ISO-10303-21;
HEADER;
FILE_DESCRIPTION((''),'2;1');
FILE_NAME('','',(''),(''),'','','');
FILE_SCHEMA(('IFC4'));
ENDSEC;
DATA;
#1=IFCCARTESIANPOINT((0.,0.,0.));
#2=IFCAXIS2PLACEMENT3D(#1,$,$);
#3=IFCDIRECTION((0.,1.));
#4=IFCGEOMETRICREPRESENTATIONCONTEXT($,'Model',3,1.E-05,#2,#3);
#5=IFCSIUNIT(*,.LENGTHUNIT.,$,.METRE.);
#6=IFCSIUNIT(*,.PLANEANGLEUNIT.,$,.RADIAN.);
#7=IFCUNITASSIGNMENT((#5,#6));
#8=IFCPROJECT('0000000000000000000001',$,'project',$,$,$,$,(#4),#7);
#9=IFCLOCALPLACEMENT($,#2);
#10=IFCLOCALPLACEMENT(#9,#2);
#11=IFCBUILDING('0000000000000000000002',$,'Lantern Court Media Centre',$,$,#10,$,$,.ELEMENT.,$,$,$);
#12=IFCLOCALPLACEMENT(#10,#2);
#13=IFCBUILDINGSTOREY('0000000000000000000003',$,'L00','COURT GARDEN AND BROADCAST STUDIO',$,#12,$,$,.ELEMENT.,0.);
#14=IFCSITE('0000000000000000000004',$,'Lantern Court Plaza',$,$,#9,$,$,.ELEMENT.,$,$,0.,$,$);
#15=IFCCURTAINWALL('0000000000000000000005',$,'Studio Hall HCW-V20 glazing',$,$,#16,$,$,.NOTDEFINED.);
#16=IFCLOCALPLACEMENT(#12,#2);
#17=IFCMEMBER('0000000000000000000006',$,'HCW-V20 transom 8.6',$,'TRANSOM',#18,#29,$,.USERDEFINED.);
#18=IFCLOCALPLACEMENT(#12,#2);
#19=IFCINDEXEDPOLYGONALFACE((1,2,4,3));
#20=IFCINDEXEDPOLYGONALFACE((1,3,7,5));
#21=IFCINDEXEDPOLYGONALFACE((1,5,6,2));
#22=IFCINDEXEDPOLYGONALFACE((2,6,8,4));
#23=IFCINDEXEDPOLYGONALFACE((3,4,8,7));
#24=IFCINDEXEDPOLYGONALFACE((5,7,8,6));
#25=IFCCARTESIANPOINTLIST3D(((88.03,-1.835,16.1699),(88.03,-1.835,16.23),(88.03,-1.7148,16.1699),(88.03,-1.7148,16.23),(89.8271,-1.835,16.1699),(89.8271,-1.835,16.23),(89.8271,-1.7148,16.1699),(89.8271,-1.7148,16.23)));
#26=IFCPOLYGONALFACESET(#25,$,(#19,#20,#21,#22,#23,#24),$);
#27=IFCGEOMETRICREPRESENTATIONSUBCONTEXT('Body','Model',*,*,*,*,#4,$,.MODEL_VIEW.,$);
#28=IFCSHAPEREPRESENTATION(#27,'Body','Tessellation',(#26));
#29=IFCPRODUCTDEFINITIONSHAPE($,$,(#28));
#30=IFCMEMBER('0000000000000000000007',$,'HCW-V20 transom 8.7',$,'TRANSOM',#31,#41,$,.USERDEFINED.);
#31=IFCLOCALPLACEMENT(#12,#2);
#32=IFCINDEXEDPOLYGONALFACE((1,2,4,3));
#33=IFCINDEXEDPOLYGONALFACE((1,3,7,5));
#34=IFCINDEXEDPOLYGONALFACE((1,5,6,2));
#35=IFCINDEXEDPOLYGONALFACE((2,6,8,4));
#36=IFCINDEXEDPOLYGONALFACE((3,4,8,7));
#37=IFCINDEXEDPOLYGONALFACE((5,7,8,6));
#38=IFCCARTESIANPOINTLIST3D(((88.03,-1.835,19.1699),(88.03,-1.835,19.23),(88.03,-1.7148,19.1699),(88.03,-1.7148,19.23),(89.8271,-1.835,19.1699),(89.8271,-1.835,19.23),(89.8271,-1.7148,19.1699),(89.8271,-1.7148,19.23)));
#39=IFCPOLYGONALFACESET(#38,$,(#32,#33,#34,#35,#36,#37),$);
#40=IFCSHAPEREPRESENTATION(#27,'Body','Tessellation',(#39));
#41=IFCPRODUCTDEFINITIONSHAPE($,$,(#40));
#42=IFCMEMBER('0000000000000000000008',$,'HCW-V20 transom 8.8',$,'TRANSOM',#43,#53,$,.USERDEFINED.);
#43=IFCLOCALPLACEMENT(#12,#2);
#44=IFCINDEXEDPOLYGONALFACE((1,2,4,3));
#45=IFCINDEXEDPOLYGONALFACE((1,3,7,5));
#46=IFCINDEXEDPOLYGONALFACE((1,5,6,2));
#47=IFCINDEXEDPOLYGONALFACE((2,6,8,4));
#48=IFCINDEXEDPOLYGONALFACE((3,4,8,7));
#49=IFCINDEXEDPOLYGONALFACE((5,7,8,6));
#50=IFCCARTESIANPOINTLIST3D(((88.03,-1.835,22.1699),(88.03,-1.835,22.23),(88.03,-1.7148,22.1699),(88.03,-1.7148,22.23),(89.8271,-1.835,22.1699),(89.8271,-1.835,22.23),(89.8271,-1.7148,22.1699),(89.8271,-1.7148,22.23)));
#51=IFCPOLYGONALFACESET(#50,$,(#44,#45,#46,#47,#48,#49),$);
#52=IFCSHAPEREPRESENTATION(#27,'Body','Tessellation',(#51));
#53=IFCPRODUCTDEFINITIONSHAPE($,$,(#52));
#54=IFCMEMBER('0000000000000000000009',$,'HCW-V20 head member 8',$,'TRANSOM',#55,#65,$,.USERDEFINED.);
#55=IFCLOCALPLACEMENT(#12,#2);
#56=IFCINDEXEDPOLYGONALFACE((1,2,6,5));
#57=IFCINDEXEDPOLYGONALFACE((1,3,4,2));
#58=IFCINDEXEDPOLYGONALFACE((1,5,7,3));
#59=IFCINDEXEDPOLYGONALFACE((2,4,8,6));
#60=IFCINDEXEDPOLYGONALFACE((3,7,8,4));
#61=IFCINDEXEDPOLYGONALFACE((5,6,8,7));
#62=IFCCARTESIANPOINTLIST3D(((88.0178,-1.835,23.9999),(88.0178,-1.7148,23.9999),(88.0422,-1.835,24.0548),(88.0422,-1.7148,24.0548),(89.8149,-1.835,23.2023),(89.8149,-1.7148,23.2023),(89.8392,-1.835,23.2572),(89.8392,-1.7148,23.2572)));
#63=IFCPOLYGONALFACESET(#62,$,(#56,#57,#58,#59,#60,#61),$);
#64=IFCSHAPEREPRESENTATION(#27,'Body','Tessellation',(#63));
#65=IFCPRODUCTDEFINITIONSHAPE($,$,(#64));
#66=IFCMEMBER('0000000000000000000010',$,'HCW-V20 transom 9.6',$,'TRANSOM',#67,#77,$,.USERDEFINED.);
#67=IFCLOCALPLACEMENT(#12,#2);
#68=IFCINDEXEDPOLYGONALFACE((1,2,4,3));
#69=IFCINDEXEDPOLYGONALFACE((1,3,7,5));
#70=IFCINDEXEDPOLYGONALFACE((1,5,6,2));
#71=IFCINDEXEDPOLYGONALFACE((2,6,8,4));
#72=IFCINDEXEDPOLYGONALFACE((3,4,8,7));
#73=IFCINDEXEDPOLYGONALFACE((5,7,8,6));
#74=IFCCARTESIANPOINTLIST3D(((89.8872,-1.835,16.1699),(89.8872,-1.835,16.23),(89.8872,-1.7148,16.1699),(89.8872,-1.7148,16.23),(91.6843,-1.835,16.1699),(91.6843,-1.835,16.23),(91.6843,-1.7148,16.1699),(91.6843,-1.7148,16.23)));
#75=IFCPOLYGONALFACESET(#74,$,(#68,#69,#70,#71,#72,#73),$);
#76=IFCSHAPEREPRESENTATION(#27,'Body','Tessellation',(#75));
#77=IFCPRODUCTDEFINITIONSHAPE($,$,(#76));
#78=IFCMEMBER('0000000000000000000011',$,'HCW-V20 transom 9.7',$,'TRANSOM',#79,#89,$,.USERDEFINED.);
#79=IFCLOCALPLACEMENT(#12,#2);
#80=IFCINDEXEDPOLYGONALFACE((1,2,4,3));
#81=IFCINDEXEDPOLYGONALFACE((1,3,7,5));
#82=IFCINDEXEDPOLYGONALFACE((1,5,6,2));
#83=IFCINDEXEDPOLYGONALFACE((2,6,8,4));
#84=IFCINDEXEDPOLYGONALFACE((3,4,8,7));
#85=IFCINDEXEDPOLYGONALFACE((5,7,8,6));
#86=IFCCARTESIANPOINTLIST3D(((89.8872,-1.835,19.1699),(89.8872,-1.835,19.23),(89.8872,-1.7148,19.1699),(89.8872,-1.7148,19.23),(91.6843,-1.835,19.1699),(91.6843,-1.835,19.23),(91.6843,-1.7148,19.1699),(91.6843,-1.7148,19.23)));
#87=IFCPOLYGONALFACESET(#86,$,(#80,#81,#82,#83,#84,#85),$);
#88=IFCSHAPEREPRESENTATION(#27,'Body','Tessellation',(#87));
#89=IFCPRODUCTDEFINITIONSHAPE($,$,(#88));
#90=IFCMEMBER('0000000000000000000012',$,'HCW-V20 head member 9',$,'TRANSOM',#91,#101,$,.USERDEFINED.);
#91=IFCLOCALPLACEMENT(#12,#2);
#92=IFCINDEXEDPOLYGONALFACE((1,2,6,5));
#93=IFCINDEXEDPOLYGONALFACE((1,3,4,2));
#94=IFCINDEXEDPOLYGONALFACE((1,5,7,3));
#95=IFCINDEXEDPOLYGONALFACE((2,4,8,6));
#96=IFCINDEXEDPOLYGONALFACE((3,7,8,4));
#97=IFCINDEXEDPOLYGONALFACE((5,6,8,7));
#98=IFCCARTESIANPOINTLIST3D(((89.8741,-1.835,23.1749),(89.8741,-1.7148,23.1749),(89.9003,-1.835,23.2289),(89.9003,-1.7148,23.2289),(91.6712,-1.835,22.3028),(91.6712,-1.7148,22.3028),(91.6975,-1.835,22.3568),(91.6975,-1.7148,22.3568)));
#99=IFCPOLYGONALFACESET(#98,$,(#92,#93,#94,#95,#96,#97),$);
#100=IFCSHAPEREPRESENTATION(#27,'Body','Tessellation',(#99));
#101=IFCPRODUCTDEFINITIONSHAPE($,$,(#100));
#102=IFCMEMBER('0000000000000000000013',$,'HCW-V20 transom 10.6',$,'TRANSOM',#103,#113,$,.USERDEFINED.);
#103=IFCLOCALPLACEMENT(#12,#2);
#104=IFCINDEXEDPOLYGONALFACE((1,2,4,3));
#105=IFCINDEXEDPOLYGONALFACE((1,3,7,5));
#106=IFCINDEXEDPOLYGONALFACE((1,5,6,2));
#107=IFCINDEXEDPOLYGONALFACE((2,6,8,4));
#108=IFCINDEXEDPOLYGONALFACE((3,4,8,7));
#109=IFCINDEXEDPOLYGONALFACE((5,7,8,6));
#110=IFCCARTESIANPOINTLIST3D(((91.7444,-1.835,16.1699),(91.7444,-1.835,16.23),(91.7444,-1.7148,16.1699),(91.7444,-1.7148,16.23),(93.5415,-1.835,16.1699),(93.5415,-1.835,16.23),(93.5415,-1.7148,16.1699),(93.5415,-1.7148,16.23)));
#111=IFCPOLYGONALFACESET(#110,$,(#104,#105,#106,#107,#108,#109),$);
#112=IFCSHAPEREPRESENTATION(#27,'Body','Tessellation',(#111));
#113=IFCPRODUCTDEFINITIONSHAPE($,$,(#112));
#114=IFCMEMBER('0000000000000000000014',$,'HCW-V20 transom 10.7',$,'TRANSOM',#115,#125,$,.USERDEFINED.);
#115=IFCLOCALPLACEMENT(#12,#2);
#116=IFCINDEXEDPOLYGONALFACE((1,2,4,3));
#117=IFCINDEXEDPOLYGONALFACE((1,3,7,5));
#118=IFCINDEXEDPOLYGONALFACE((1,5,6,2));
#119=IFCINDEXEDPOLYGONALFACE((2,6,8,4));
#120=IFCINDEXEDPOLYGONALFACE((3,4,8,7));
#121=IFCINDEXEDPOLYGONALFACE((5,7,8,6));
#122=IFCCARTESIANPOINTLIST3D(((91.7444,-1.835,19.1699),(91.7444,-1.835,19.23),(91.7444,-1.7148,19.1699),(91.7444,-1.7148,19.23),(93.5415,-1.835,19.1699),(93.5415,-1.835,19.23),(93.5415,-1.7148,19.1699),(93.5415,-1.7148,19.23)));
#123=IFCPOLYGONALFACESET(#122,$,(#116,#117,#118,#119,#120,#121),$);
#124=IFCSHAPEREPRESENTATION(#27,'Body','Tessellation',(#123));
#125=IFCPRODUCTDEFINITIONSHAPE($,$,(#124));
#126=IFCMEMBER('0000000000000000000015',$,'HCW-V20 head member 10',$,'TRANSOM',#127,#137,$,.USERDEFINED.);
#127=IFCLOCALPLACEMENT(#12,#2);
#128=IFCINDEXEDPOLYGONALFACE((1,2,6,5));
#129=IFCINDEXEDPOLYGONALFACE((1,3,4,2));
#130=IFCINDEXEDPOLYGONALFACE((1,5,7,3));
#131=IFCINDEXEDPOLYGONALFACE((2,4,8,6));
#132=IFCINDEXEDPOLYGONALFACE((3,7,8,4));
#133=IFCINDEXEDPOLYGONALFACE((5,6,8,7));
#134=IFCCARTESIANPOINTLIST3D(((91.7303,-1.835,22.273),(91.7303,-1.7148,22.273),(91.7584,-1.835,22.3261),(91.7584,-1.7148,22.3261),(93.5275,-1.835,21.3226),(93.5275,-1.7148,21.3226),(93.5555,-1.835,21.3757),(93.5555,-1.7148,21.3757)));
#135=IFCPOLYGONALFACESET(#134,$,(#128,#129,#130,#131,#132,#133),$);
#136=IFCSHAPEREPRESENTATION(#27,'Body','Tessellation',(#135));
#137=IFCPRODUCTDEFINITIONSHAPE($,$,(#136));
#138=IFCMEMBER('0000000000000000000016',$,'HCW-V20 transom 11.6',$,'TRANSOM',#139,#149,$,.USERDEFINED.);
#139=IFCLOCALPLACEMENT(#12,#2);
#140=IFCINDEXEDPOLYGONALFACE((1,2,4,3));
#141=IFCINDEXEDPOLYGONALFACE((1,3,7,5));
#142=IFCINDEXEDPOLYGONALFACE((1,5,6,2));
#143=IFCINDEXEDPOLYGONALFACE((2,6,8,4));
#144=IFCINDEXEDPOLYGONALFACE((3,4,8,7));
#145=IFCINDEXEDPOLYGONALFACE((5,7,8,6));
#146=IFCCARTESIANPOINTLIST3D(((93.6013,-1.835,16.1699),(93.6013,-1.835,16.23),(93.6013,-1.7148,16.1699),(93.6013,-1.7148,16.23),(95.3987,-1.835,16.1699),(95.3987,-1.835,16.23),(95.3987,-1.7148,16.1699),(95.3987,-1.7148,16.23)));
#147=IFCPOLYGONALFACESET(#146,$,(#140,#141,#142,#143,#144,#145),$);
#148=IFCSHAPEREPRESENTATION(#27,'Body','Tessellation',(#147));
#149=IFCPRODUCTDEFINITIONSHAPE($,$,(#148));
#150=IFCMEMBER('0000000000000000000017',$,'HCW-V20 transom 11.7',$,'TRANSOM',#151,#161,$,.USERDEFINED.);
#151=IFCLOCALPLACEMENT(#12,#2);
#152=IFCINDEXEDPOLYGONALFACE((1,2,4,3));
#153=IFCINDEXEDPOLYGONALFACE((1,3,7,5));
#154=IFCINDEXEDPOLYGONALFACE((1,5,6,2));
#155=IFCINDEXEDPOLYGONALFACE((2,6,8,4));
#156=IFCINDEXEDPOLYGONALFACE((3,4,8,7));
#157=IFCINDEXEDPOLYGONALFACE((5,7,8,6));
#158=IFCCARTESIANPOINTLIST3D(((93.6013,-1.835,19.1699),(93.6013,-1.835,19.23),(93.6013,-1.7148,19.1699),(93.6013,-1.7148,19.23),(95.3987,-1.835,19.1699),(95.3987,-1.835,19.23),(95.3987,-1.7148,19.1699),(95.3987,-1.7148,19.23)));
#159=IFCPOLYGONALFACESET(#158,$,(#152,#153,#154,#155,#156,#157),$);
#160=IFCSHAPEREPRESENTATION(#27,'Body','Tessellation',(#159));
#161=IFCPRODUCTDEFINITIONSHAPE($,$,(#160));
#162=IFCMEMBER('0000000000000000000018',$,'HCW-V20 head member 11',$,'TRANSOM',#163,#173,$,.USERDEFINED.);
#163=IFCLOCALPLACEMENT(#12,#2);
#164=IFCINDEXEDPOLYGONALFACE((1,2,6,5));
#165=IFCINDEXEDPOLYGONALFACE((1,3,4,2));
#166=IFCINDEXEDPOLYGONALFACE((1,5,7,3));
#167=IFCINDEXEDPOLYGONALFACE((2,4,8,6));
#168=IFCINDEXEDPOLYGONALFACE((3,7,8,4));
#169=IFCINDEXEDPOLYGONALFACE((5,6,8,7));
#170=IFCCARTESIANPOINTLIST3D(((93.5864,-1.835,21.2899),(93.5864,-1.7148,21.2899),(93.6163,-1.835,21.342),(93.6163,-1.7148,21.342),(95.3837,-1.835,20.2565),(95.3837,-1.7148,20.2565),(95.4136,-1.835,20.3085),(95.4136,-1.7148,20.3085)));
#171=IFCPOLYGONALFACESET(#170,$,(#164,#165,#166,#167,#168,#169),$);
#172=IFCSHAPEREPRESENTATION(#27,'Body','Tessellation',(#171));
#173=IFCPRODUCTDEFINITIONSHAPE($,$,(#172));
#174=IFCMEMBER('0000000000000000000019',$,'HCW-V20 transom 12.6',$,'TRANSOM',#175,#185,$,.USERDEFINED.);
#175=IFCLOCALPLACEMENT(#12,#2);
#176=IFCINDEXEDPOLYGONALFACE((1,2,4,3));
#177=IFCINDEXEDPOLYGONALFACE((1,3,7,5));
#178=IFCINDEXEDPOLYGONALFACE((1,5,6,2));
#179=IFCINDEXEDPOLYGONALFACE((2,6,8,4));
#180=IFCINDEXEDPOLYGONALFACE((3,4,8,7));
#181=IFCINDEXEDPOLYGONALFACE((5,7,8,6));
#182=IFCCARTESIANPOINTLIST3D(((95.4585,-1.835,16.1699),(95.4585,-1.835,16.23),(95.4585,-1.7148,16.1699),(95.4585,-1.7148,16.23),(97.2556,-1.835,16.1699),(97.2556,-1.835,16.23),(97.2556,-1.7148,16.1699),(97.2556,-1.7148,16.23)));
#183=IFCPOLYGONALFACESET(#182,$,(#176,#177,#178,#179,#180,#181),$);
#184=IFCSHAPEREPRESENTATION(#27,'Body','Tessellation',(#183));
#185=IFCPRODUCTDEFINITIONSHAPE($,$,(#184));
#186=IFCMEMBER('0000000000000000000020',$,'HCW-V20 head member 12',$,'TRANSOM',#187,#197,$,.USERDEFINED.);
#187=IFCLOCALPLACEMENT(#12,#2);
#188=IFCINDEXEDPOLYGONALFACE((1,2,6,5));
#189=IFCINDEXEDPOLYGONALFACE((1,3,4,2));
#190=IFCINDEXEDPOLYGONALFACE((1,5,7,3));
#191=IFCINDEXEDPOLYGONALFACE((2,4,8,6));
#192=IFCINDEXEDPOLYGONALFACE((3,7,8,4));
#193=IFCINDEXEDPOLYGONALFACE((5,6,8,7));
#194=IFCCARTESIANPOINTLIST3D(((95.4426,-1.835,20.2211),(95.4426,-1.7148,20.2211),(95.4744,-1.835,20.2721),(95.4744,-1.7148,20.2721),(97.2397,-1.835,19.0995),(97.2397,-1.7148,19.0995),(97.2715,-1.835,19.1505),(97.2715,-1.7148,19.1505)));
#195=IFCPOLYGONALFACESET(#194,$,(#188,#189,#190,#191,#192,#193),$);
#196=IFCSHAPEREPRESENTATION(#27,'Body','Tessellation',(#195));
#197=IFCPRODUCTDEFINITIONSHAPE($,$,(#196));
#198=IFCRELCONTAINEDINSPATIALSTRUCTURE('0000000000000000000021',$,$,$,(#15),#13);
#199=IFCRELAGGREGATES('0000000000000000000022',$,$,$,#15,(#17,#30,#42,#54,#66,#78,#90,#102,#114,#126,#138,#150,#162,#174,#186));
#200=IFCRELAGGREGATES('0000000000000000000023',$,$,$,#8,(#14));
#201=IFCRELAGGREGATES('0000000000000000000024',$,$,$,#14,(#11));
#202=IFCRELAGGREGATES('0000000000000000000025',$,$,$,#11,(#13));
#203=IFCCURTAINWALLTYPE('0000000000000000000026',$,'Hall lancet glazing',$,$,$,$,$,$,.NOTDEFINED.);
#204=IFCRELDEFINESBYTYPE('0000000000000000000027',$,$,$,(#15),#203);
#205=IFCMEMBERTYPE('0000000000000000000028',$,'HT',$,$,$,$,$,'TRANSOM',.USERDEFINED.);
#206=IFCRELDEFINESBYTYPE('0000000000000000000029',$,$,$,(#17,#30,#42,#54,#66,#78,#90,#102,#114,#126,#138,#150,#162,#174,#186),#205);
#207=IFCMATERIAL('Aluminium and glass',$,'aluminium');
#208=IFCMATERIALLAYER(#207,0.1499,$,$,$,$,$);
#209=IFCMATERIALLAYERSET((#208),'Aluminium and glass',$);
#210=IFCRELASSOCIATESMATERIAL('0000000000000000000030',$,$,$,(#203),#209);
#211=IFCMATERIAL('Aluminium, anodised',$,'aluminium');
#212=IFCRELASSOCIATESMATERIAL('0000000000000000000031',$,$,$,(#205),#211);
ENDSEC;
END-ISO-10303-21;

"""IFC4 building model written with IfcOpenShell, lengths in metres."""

from ifc_helpers import new_model, si_unit, direction, frame, origin, origin_2d, place, context, subcontext, project, spatial, rectangle, extrude, material, layer, layer_set, material_profile, profile_set, type_object, element, aggregate, save


model = new_model("IFC4")

# Units and contexts
model_context = context("Model", 3, precision=1e-05, world=origin(), true_north=direction((0.0, 1.0)))
body_context = subcontext(model_context, "Body", "Model", "MODEL_VIEW")
ifc_project = project(units=[si_unit("LENGTHUNIT", "METRE"), si_unit("PLANEANGLEUNIT", "RADIAN")], contexts=[model_context])

# Site, building, storey
site_placement = place(None, origin())
site = spatial("IfcSite", under=ifc_project, at=site_placement, Name="Lantern Court Plaza", CompositionType="ELEMENT", RefElevation=0.0)
building_placement = place(site_placement, origin())
building = spatial("IfcBuilding", under=site, at=building_placement, Name="Lantern Court Media Centre", CompositionType="ELEMENT")
storey_placement = place(building_placement, origin())
storey = spatial("IfcBuildingStorey", under=building, at=storey_placement, Name="L00", Description="COURT GARDEN AND BROADCAST STUDIO", CompositionType="ELEMENT", Elevation=0.0)

# Curtain wall, members
ifc_material_1 = material(Name="Aluminium and glass", Category="aluminium")
ifc_layer_1 = layer(ifc_material_1, 0.1499)
ifc_layer_set_1 = layer_set([ifc_layer_1], Name="Aluminium and glass")
curtain_wall_type = type_object("IfcCurtainWallType", Name="Hall lancet glazing", PredefinedType="NOTDEFINED", material=ifc_layer_set_1)
curtain_wall_placement = place(storey_placement, origin())
curtain_wall = element("IfcCurtainWall", 1, at=curtain_wall_placement, inside=storey, type_object=curtain_wall_type, Name="Studio Hall HCW-V20 glazing", PredefinedType="NOTDEFINED")
ifc_material_2 = material(Name="Aluminium, anodised", Category="aluminium")
ifc_material_profile = material_profile(ifc_material_2, rectangle(XDim=0.1201, YDim=0.0601, at=origin_2d()), Name="HT")
ifc_profile_set = profile_set([ifc_material_profile], Name="Aluminium, anodised")
member_type = type_object("IfcMemberType", Name="HT", ElementType="TRANSOM", PredefinedType="USERDEFINED", material=ifc_profile_set)
member_1_placement = place(storey_placement, frame((88.03, -1.7749, 16.2), z_axis=(1.0, 0.0, 0.0), x_axis=(0.0, 1.0, 0.0)))
member_1 = element("IfcMember", 2, at=member_1_placement, type_object=member_type, Name="HCW-V20 transom 8.6", ObjectType="TRANSOM", PredefinedType="USERDEFINED", context=body_context, shape_type="SweptSolid", body=[
    extrude(rectangle(XDim=0.1201, YDim=0.0601, at=origin_2d()), origin(), (0.0, 0.0, 1.0), 1.7971),
])
member_2_placement = place(storey_placement, frame((88.03, -1.7749, 19.2), z_axis=(1.0, 0.0, 0.0), x_axis=(0.0, 1.0, 0.0)))
member_2 = element("IfcMember", 3, at=member_2_placement, type_object=member_type, Name="HCW-V20 transom 8.7", ObjectType="TRANSOM", PredefinedType="USERDEFINED", context=body_context, shape_type="SweptSolid", body=[
    extrude(rectangle(XDim=0.1201, YDim=0.0601, at=origin_2d()), origin(), (0.0, 0.0, 1.0), 1.7971),
])
member_3_placement = place(storey_placement, frame((88.03, -1.7749, 22.2), z_axis=(1.0, 0.0, 0.0), x_axis=(0.0, 1.0, 0.0)))
member_3 = element("IfcMember", 4, at=member_3_placement, type_object=member_type, Name="HCW-V20 transom 8.8", ObjectType="TRANSOM", PredefinedType="USERDEFINED", context=body_context, shape_type="SweptSolid", body=[
    extrude(rectangle(XDim=0.1201, YDim=0.0601, at=origin_2d()), origin(), (0.0, 0.0, 1.0), 1.7971),
])
member_4_placement = place(storey_placement, frame((88.03, -1.7749, 24.0273), z_axis=(0.914021, 0.0, -0.405666), x_axis=(0.0, 1.0, 0.0)))
member_4 = element("IfcMember", 5, at=member_4_placement, type_object=member_type, Name="HCW-V20 head member 8", ObjectType="TRANSOM", PredefinedType="USERDEFINED", context=body_context, shape_type="SweptSolid", body=[
    extrude(rectangle(XDim=0.1201, YDim=0.0601, at=origin_2d()), origin(), (0.0, 0.0, 1.0), 1.9661),
])
member_5_placement = place(storey_placement, frame((89.8872, -1.7749, 16.2), z_axis=(1.0, 0.0, 0.0), x_axis=(0.0, 1.0, 0.0)))
member_5 = element("IfcMember", 6, at=member_5_placement, type_object=member_type, Name="HCW-V20 transom 9.6", ObjectType="TRANSOM", PredefinedType="USERDEFINED", context=body_context, shape_type="SweptSolid", body=[
    extrude(rectangle(XDim=0.1201, YDim=0.0601, at=origin_2d()), origin(), (0.0, 0.0, 1.0), 1.7971),
])
member_6_placement = place(storey_placement, frame((89.8872, -1.7749, 19.2), z_axis=(1.0, 0.0, 0.0), x_axis=(0.0, 1.0, 0.0)))
member_6 = element("IfcMember", 7, at=member_6_placement, type_object=member_type, Name="HCW-V20 transom 9.7", ObjectType="TRANSOM", PredefinedType="USERDEFINED", context=body_context, shape_type="SweptSolid", body=[
    extrude(rectangle(XDim=0.1201, YDim=0.0601, at=origin_2d()), origin(), (0.0, 0.0, 1.0), 1.7971),
])
member_7_placement = place(storey_placement, frame((89.8872, -1.7749, 23.2019), z_axis=(0.899669, 0.0, -0.436573), x_axis=(0.0, 1.0, 0.0)))
member_7 = element("IfcMember", 8, at=member_7_placement, type_object=member_type, Name="HCW-V20 head member 9", ObjectType="TRANSOM", PredefinedType="USERDEFINED", context=body_context, shape_type="SweptSolid", body=[
    extrude(rectangle(XDim=0.1201, YDim=0.0601, at=origin_2d()), origin(), (0.0, 0.0, 1.0), 1.9976),
])
member_8_placement = place(storey_placement, frame((91.7444, -1.7749, 16.2), z_axis=(1.0, 0.0, 0.0), x_axis=(0.0, 1.0, 0.0)))
member_8 = element("IfcMember", 9, at=member_8_placement, type_object=member_type, Name="HCW-V20 transom 10.6", ObjectType="TRANSOM", PredefinedType="USERDEFINED", context=body_context, shape_type="SweptSolid", body=[
    extrude(rectangle(XDim=0.1201, YDim=0.0601, at=origin_2d()), origin(), (0.0, 0.0, 1.0), 1.7971),
])
member_9_placement = place(storey_placement, frame((91.7444, -1.7749, 19.2), z_axis=(1.0, 0.0, 0.0), x_axis=(0.0, 1.0, 0.0)))
member_9 = element("IfcMember", 10, at=member_9_placement, type_object=member_type, Name="HCW-V20 transom 10.7", ObjectType="TRANSOM", PredefinedType="USERDEFINED", context=body_context, shape_type="SweptSolid", body=[
    extrude(rectangle(XDim=0.1201, YDim=0.0601, at=origin_2d()), origin(), (0.0, 0.0, 1.0), 1.7971),
])
member_10_placement = place(storey_placement, frame((91.7444, -1.7749, 22.2996), z_axis=(0.883986, 0.0, -0.467512), x_axis=(0.0, 1.0, 0.0)))
member_10 = element("IfcMember", 11, at=member_10_placement, type_object=member_type, Name="HCW-V20 head member 10", ObjectType="TRANSOM", PredefinedType="USERDEFINED", context=body_context, shape_type="SweptSolid", body=[
    extrude(rectangle(XDim=0.1201, YDim=0.0601, at=origin_2d()), origin(), (0.0, 0.0, 1.0), 2.033),
])
member_11_placement = place(storey_placement, frame((93.6013, -1.7749, 16.2), z_axis=(1.0, 0.0, 0.0), x_axis=(0.0, 1.0, 0.0)))
member_11 = element("IfcMember", 12, at=member_11_placement, type_object=member_type, Name="HCW-V20 transom 11.6", ObjectType="TRANSOM", PredefinedType="USERDEFINED", context=body_context, shape_type="SweptSolid", body=[
    extrude(rectangle(XDim=0.1201, YDim=0.0601, at=origin_2d()), origin(), (0.0, 0.0, 1.0), 1.7974),
])
member_12_placement = place(storey_placement, frame((93.6013, -1.7749, 19.2), z_axis=(1.0, 0.0, 0.0), x_axis=(0.0, 1.0, 0.0)))
member_12 = element("IfcMember", 13, at=member_12_placement, type_object=member_type, Name="HCW-V20 transom 11.7", ObjectType="TRANSOM", PredefinedType="USERDEFINED", context=body_context, shape_type="SweptSolid", body=[
    extrude(rectangle(XDim=0.1201, YDim=0.0601, at=origin_2d()), origin(), (0.0, 0.0, 1.0), 1.7974),
])
member_13_placement = place(storey_placement, frame((93.6013, -1.7749, 21.3159), z_axis=(0.866914, 0.0, -0.498458), x_axis=(0.0, 1.0, 0.0)))
member_13 = element("IfcMember", 14, at=member_13_placement, type_object=member_type, Name="HCW-V20 head member 11", ObjectType="TRANSOM", PredefinedType="USERDEFINED", context=body_context, shape_type="SweptSolid", body=[
    extrude(rectangle(XDim=0.1201, YDim=0.0601, at=origin_2d()), origin(), (0.0, 0.0, 1.0), 2.0732),
])
member_14_placement = place(storey_placement, frame((95.4585, -1.7749, 16.2), z_axis=(1.0, 0.0, 0.0), x_axis=(0.0, 1.0, 0.0)))
member_14 = element("IfcMember", 15, at=member_14_placement, type_object=member_type, Name="HCW-V20 transom 12.6", ObjectType="TRANSOM", PredefinedType="USERDEFINED", context=body_context, shape_type="SweptSolid", body=[
    extrude(rectangle(XDim=0.1201, YDim=0.0601, at=origin_2d()), origin(), (0.0, 0.0, 1.0), 1.7971),
])
member_15_placement = place(storey_placement, frame((95.4585, -1.7749, 20.2466), z_axis=(0.848341, 0.0, -0.52945), x_axis=(0.0, 1.0, 0.0)))
member_15 = element("IfcMember", 16, at=member_15_placement, type_object=member_type, Name="HCW-V20 head member 12", ObjectType="TRANSOM", PredefinedType="USERDEFINED", context=body_context, shape_type="SweptSolid", body=[
    extrude(rectangle(XDim=0.1201, YDim=0.0601, at=origin_2d()), origin(), (0.0, 0.0, 1.0), 2.1184),
])
aggregate(curtain_wall, [member_1, member_2, member_3, member_4, member_5, member_6, member_7, member_8, member_9, member_10, member_11, member_12, member_13, member_14, member_15])

save(model, "model.ifc")
